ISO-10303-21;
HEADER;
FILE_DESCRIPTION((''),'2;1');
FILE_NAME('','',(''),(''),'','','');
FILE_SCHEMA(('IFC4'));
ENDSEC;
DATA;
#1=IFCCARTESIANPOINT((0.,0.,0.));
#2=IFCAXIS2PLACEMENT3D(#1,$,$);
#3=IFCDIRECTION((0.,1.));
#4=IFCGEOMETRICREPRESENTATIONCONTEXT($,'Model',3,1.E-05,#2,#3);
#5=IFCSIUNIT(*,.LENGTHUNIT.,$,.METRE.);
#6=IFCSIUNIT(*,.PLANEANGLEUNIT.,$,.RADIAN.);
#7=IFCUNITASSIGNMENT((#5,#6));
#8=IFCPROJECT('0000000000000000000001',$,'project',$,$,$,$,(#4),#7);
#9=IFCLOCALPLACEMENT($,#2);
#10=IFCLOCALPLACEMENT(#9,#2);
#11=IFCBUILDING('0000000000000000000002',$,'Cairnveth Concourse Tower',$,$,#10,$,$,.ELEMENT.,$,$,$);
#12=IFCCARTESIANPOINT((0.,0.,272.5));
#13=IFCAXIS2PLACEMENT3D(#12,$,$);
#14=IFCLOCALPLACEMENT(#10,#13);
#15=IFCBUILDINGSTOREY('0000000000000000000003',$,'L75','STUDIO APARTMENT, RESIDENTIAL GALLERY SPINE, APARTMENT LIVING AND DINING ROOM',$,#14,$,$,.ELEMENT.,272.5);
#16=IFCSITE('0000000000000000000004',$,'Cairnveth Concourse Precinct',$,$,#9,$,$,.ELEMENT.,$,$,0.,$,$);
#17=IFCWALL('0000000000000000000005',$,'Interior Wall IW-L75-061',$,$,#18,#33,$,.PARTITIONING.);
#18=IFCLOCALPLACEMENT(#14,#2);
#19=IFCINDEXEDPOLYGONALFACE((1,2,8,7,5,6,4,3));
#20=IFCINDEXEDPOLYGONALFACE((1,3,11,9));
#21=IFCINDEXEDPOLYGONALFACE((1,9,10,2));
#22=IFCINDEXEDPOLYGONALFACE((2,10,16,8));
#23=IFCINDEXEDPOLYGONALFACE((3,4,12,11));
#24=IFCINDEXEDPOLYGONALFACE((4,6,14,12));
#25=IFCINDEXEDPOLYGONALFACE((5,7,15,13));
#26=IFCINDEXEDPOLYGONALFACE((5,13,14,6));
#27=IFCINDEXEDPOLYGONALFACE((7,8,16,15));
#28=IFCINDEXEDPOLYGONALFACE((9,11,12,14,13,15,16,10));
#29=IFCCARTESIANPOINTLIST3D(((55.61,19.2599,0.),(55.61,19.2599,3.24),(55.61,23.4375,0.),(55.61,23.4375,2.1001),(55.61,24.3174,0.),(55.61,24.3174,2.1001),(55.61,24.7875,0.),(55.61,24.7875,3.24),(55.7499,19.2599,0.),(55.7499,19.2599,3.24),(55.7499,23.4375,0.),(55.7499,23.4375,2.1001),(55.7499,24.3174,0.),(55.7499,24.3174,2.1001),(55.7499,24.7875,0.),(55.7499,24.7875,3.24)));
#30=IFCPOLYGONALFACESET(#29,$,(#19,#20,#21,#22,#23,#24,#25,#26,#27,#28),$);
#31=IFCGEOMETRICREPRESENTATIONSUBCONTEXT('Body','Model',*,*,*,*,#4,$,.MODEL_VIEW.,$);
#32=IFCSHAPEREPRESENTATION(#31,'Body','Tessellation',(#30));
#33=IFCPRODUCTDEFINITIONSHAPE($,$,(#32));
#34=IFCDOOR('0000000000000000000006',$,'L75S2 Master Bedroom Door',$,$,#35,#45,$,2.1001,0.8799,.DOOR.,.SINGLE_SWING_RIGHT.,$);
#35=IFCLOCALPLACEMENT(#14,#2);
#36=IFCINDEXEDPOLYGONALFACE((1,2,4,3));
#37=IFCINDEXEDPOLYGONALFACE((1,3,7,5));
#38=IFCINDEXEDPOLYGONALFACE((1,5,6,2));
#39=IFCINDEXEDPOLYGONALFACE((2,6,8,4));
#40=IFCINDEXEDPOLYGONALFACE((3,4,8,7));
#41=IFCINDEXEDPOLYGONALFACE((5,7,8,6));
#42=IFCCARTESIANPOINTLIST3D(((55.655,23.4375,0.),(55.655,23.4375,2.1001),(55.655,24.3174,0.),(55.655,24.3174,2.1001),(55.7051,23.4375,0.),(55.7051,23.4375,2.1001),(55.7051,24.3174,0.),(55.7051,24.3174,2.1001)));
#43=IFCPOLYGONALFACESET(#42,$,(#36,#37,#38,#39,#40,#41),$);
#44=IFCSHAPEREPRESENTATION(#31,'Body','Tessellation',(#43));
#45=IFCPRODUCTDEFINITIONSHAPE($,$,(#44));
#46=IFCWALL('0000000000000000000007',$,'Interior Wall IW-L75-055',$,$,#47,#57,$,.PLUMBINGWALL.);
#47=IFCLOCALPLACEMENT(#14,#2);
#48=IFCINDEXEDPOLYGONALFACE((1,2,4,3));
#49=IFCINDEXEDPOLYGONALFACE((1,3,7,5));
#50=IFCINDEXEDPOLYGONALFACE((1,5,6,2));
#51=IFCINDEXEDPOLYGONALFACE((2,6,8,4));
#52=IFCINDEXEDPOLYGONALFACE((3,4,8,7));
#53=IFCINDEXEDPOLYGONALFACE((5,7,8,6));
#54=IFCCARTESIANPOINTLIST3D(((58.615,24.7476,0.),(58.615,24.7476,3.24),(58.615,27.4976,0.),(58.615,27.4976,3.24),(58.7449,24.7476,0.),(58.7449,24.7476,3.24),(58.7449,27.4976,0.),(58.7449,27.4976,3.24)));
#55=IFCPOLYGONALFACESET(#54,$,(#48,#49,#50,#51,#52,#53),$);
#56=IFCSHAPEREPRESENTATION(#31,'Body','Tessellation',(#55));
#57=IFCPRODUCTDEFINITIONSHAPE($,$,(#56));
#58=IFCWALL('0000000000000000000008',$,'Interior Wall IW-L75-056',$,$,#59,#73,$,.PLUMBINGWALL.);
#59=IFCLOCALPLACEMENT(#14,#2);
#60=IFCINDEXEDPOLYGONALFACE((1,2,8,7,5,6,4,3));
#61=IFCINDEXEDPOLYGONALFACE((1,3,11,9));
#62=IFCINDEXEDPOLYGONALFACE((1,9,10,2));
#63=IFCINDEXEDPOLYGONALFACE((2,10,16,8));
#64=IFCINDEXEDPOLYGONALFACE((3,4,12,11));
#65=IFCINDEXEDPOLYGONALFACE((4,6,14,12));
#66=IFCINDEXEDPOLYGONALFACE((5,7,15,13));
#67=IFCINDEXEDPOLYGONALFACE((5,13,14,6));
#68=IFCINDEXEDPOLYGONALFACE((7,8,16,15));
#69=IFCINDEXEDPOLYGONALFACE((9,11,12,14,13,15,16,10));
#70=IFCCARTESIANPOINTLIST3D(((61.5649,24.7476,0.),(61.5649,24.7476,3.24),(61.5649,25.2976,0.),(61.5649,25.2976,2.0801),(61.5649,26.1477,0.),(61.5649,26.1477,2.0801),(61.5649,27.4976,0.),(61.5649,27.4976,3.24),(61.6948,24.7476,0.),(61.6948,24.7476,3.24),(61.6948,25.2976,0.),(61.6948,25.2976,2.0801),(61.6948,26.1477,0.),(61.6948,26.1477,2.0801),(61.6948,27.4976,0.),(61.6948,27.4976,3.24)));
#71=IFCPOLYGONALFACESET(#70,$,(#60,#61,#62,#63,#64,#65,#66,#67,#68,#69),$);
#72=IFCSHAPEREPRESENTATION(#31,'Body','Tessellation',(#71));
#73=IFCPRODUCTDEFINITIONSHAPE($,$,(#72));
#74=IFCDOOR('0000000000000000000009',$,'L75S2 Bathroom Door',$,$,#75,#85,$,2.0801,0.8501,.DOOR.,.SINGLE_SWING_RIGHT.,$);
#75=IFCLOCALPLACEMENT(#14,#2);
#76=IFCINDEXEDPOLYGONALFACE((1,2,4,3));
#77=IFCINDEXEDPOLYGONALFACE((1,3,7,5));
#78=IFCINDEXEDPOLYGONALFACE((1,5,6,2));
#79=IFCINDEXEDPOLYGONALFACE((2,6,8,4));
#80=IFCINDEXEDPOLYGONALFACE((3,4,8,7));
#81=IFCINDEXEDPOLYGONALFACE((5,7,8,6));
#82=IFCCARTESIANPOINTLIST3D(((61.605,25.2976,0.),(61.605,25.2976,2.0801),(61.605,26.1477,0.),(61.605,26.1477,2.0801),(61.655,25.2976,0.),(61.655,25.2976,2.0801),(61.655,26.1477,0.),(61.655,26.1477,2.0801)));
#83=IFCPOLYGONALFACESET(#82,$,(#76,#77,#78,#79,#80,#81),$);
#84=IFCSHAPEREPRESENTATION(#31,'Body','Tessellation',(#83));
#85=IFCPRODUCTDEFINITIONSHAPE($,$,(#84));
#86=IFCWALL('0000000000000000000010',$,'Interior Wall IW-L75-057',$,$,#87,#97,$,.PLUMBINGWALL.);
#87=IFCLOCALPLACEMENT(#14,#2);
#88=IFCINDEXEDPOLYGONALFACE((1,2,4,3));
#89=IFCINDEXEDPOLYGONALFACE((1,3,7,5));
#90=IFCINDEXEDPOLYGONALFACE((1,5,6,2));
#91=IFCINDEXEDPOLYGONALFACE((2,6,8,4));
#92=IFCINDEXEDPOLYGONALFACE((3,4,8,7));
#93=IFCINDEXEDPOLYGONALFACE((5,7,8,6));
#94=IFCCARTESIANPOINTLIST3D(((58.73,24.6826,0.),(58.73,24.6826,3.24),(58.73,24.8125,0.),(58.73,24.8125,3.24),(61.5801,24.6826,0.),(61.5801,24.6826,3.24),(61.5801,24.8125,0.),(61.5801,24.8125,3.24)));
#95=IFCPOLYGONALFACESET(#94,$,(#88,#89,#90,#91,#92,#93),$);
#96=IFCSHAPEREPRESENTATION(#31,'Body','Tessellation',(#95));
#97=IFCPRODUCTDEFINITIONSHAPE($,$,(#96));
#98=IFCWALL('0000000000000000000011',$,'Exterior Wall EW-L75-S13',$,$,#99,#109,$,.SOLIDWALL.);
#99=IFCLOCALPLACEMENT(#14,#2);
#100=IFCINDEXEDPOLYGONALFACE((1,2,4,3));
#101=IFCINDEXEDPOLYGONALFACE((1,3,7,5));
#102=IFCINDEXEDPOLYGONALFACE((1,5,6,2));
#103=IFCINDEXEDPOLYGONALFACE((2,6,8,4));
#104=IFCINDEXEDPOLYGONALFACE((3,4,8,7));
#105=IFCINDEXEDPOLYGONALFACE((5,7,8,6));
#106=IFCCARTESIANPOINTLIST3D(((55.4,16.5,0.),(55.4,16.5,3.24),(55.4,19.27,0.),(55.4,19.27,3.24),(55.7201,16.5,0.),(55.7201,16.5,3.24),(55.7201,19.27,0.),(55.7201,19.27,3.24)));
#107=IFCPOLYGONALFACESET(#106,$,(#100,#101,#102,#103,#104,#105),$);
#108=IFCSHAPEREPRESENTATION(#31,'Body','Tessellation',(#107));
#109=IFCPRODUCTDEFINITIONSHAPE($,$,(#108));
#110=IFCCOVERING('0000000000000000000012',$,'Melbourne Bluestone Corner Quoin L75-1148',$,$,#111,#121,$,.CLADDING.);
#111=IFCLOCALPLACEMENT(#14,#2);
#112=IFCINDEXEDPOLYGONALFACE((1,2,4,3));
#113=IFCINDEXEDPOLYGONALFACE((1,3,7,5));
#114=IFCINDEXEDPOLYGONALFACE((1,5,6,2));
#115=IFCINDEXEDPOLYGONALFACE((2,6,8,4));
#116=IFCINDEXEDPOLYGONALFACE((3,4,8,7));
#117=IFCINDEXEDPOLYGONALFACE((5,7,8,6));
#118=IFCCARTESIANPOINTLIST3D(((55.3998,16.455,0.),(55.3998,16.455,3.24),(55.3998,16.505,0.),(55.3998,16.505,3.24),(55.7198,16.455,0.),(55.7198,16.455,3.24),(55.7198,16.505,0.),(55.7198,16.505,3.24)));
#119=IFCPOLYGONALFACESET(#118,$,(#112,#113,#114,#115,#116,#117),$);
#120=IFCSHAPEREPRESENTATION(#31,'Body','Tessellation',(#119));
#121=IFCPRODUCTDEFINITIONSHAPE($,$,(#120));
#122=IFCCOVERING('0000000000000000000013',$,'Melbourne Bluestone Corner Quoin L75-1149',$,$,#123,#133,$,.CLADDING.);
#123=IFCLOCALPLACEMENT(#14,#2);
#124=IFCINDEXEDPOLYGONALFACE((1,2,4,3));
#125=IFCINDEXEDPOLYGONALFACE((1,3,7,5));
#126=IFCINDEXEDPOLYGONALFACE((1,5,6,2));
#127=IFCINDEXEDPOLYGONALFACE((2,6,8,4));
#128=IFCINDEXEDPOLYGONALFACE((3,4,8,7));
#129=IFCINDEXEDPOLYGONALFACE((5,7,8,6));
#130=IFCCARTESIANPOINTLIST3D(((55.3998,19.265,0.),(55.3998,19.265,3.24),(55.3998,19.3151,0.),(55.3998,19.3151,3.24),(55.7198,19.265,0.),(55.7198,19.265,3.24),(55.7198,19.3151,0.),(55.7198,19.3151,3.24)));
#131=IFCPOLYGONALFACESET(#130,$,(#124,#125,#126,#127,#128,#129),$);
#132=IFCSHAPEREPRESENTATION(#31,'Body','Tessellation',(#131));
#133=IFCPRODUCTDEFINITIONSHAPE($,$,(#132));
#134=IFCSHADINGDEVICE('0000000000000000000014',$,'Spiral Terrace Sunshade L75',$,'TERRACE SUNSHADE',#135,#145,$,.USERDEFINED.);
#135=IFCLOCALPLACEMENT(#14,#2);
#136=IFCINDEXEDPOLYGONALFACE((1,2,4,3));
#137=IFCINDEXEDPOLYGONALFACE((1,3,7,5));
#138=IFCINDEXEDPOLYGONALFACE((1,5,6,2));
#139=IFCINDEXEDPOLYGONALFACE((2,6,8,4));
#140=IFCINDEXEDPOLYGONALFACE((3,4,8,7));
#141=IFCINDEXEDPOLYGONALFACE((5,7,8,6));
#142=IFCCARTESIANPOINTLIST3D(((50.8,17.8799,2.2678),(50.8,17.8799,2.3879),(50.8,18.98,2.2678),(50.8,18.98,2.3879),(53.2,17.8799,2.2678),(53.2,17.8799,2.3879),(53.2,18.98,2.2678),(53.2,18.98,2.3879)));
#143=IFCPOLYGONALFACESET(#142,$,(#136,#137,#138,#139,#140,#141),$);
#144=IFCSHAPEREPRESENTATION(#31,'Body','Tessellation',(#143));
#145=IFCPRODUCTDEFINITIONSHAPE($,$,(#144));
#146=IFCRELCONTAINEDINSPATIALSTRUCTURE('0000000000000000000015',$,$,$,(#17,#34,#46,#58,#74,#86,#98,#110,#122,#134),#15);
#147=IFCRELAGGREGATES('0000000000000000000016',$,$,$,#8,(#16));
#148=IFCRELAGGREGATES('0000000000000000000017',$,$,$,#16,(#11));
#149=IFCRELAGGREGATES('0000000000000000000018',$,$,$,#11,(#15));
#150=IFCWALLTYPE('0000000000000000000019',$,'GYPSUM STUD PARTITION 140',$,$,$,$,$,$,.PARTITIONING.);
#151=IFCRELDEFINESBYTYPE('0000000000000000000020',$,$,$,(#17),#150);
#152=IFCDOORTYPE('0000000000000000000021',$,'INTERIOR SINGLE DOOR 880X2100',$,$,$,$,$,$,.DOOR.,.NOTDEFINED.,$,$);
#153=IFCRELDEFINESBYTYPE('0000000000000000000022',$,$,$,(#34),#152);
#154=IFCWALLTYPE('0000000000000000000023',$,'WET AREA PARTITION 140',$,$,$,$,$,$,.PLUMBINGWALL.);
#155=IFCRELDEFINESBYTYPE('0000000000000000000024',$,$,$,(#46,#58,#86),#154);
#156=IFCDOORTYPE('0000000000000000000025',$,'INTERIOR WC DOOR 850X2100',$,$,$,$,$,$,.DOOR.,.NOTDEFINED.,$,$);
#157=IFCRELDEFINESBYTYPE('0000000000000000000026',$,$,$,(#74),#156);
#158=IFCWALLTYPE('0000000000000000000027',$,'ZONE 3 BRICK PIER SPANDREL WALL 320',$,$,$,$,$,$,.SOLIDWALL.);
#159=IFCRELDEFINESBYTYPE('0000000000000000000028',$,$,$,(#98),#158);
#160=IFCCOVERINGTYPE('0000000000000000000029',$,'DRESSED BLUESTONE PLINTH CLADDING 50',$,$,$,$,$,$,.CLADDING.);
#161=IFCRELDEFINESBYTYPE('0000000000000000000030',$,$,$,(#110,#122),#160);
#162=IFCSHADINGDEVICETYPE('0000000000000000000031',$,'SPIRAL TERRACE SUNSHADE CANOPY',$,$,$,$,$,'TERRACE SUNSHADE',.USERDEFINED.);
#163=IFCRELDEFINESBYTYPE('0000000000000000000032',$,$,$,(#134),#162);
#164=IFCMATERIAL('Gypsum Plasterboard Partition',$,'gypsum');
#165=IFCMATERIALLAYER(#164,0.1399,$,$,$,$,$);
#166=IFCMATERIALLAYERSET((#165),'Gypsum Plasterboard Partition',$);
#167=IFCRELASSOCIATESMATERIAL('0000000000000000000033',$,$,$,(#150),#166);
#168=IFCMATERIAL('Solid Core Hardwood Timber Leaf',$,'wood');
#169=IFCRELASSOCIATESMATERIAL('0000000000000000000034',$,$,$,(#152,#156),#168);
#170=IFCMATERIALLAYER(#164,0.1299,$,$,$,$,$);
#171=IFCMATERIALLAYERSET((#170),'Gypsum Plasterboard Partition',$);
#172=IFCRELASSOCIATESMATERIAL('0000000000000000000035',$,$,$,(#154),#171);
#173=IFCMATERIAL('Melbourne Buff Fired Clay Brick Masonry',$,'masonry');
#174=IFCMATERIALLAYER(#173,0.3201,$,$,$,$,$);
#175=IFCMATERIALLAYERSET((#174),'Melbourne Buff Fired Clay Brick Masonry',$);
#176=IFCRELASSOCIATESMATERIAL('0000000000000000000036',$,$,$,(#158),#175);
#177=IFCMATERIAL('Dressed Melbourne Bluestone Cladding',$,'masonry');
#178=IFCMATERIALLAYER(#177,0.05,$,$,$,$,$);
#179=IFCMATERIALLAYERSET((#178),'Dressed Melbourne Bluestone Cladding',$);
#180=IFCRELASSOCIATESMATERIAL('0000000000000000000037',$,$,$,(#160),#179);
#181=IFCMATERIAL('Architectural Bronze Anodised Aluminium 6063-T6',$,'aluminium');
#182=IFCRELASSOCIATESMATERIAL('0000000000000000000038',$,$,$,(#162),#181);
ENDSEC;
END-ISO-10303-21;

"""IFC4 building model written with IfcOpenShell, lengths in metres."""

from ifc_helpers import new_model, si_unit, direction, frame, frame_2d, origin, origin_2d, place, context, subcontext, project, spatial, rectangle, extrude, material, layer, layer_set, type_object, element, fill, save


model = new_model("IFC4")

# Units and contexts
model_context = context("Model", 3, precision=1e-05, world=origin(), true_north=direction((0.0, 1.0)))
body_context = subcontext(model_context, "Body", "Model", "MODEL_VIEW")
ifc_project = project(units=[si_unit("LENGTHUNIT", "METRE"), si_unit("PLANEANGLEUNIT", "RADIAN")], contexts=[model_context])

# Site, building, storey
site_placement = place(None, origin())
site = spatial("IfcSite", under=ifc_project, at=site_placement, Name="Cairnveth Concourse Precinct", CompositionType="ELEMENT", RefElevation=0.0)
building_placement = place(site_placement, origin())
building = spatial("IfcBuilding", under=site, at=building_placement, Name="Cairnveth Concourse Tower", CompositionType="ELEMENT")
storey_placement = place(building_placement, frame((0.0, 0.0, 272.5)))
storey = spatial("IfcBuildingStorey", under=building, at=storey_placement, Name="L75", Description="STUDIO APARTMENT, RESIDENTIAL GALLERY SPINE, APARTMENT LIVING AND DINING ROOM", CompositionType="ELEMENT", Elevation=272.5)

# Shared definitions
ifc_material_1 = material(Name="Gypsum Plasterboard Partition", Category="gypsum")
ifc_material_2 = material(Name="Solid Core Hardwood Timber Leaf", Category="wood")

# Wall, opening, door
ifc_layer_1 = layer(ifc_material_1, 0.1399)
ifc_layer_set_1 = layer_set([ifc_layer_1], Name="Gypsum Plasterboard Partition")
wall_type_1 = type_object("IfcWallType", Name="GYPSUM STUD PARTITION 140", PredefinedType="PARTITIONING", material=ifc_layer_set_1)
wall_1_placement = place(storey_placement, frame((55.6799, 19.26, 0.0), z_axis=(0.0, 0.0, 1.0), x_axis=(0.0, 1.0, 0.0)))
wall_1 = element("IfcWall", 1, at=wall_1_placement, inside=storey, type_object=wall_type_1, Name="Interior Wall IW-L75-061", PredefinedType="PARTITIONING", context=body_context, shape_type="SweptSolid", body=[
    extrude(rectangle(XDim=5.5276, YDim=0.1399, at=frame_2d((2.7637, 0.0))), origin(), (0.0, 0.0, 1.0), 3.24),
])
opening_1_placement = place(wall_1_placement, frame((4.1775, 0.0, 0.0)))
opening_1 = element("IfcOpeningElement", 2, at=opening_1_placement, cuts=wall_1, PredefinedType="OPENING", context=body_context, shape_type="SweptSolid", body=[
    extrude(rectangle(XDim=0.8799, YDim=2.1001, at=frame_2d((0.4399, 1.05))), frame((0.0, 0.0798, 0.0), z_axis=(0.0, -1.0, 0.0), x_axis=(1.0, 0.0, 0.0)), (0.0, 0.0, 1.0), 0.1599),
])
door_type_1 = type_object("IfcDoorType", Name="INTERIOR SINGLE DOOR 880X2100", OperationType="NOTDEFINED", PredefinedType="DOOR", material=ifc_material_2)
door_1_placement = place(opening_1_placement, origin())
door_1 = element("IfcDoor", 3, at=door_1_placement, inside=storey, type_object=door_type_1, Name="L75S2 Master Bedroom Door", OperationType="SINGLE_SWING_RIGHT", OverallHeight=2.1001, OverallWidth=0.8799, PredefinedType="DOOR", context=body_context, shape_type="SweptSolid", body=[
    extrude(rectangle(XDim=0.8799, YDim=2.1001, at=frame_2d((0.4399, 1.05))), frame((0.0, 0.0249, 0.0), z_axis=(0.0, -1.0, 0.0), x_axis=(1.0, 0.0, 0.0)), (0.0, 0.0, 1.0), 0.05),
])
fill(opening_1, door_1)

# Wall
ifc_layer_2 = layer(ifc_material_1, 0.1299)
ifc_layer_set_2 = layer_set([ifc_layer_2], Name="Gypsum Plasterboard Partition")
wall_type_2 = type_object("IfcWallType", Name="WET AREA PARTITION 140", PredefinedType="PLUMBINGWALL", material=ifc_layer_set_2)
wall_2_placement = place(storey_placement, frame((58.6799, 24.7476, 0.0), z_axis=(0.0, 0.0, 1.0), x_axis=(0.0, 1.0, 0.0)))
element("IfcWall", 4, at=wall_2_placement, inside=storey, type_object=wall_type_2, Name="Interior Wall IW-L75-055", PredefinedType="PLUMBINGWALL", context=body_context, shape_type="SweptSolid", body=[
    extrude(rectangle(XDim=2.75, YDim=0.1299, at=frame_2d((1.375, 0.0))), origin(), (0.0, 0.0, 1.0), 3.24),
])

# Wall, opening, door
wall_3_placement = place(storey_placement, frame((61.6299, 24.7476, 0.0), z_axis=(0.0, 0.0, 1.0), x_axis=(0.0, 1.0, 0.0)))
wall_3 = element("IfcWall", 5, at=wall_3_placement, inside=storey, type_object=wall_type_2, Name="Interior Wall IW-L75-056", PredefinedType="PLUMBINGWALL", context=body_context, shape_type="SweptSolid", body=[
    extrude(rectangle(XDim=2.75, YDim=0.1299, at=frame_2d((1.375, 0.0))), origin(), (0.0, 0.0, 1.0), 3.24),
])
opening_2_placement = place(wall_3_placement, frame((0.55, 0.0, 0.0)))
opening_2 = element("IfcOpeningElement", 6, at=opening_2_placement, cuts=wall_3, PredefinedType="OPENING", context=body_context, shape_type="SweptSolid", body=[
    extrude(rectangle(XDim=0.8501, YDim=2.0801, at=frame_2d((0.425, 1.04))), frame((0.0, 0.075, 0.0), z_axis=(0.0, -1.0, 0.0), x_axis=(1.0, 0.0, 0.0)), (0.0, 0.0, 1.0), 0.1499),
])
door_type_2 = type_object("IfcDoorType", Name="INTERIOR WC DOOR 850X2100", OperationType="NOTDEFINED", PredefinedType="DOOR", material=ifc_material_2)
door_2_placement = place(opening_2_placement, origin())
door_2 = element("IfcDoor", 7, at=door_2_placement, inside=storey, type_object=door_type_2, Name="L75S2 Bathroom Door", OperationType="SINGLE_SWING_RIGHT", OverallHeight=2.0801, OverallWidth=0.8501, PredefinedType="DOOR", context=body_context, shape_type="SweptSolid", body=[
    extrude(rectangle(XDim=0.8501, YDim=2.0801, at=frame_2d((0.425, 1.04))), frame((0.0, 0.0249, 0.0), z_axis=(0.0, -1.0, 0.0), x_axis=(1.0, 0.0, 0.0)), (0.0, 0.0, 1.0), 0.05),
])
fill(opening_2, door_2)

# Walls
wall_4_placement = place(storey_placement, frame((58.73, 24.7476, 0.0), z_axis=(0.0, 0.0, 1.0), x_axis=(1.0, 0.0, 0.0)))
element("IfcWall", 8, at=wall_4_placement, inside=storey, type_object=wall_type_2, Name="Interior Wall IW-L75-057", PredefinedType="PLUMBINGWALL", context=body_context, shape_type="SweptSolid", body=[
    extrude(rectangle(XDim=2.8501, YDim=0.1299, at=frame_2d((1.425, 0.0))), origin(), (0.0, 0.0, 1.0), 3.24),
])
ifc_material_3 = material(Name="Melbourne Buff Fired Clay Brick Masonry", Category="masonry")
ifc_layer_3 = layer(ifc_material_3, 0.3201)
ifc_layer_set_3 = layer_set([ifc_layer_3], Name="Melbourne Buff Fired Clay Brick Masonry")
wall_type_3 = type_object("IfcWallType", Name="ZONE 3 BRICK PIER SPANDREL WALL 320", PredefinedType="SOLIDWALL", material=ifc_layer_set_3)
wall_5_placement = place(storey_placement, frame((55.5601, 16.5, 0.0), z_axis=(0.0, 0.0, 1.0), x_axis=(0.0, 1.0, 0.0)))
element("IfcWall", 9, at=wall_5_placement, inside=storey, type_object=wall_type_3, Name="Exterior Wall EW-L75-S13", PredefinedType="SOLIDWALL", context=body_context, shape_type="SweptSolid", body=[
    extrude(rectangle(XDim=2.77, YDim=0.3201, at=frame_2d((1.385, 0.0))), origin(), (0.0, 0.0, 1.0), 3.24),
])

# Shared definitions
ifc_material_4 = material(Name="Architectural Bronze Anodised Aluminium 6063-T6", Category="aluminium")

# Coverings
ifc_material_5 = material(Name="Dressed Melbourne Bluestone Cladding", Category="masonry")
ifc_layer_4 = layer(ifc_material_5, 0.05)
ifc_layer_set_4 = layer_set([ifc_layer_4], Name="Dressed Melbourne Bluestone Cladding")
covering_type = type_object("IfcCoveringType", Name="DRESSED BLUESTONE PLINTH CLADDING 50", PredefinedType="CLADDING", material=ifc_layer_set_4)
for number, where, z_axis, x_axis, name in (
    (10, (55.72, 16.48, 0.0), (0.0, 0.0, 1.0), (-1.0, 0.0, 0.0), "Melbourne Bluestone Corner Quoin L75-1148"),
    (11, (55.72, 19.29, 0.0), (0.0, 0.0, 1.0), (-1.0, 0.0, 0.0), "Melbourne Bluestone Corner Quoin L75-1149"),
):
    element("IfcCovering", number, at=place(storey_placement, frame(where, z_axis=z_axis, x_axis=x_axis)), inside=storey, type_object=covering_type, Name=name, PredefinedType="CLADDING", context=body_context, shape_type="SweptSolid", body=[
        extrude(rectangle(XDim=0.3201, YDim=0.05, at=frame_2d((0.1602, 0.0))), origin(), (0.0, 0.0, 1.0), 3.24),
    ])

# Shading device
shading_device_type = type_object("IfcShadingDeviceType", Name="SPIRAL TERRACE SUNSHADE CANOPY", ElementType="TERRACE SUNSHADE", PredefinedType="USERDEFINED", material=ifc_material_4)
shading_device_placement = place(storey_placement, frame((52.0, 18.4299, 2.2678), z_axis=(0.0, 0.0, 1.0), x_axis=(1.0, 0.0, 0.0)))
element("IfcShadingDevice", 12, at=shading_device_placement, inside=storey, type_object=shading_device_type, Name="Spiral Terrace Sunshade L75", ObjectType="TERRACE SUNSHADE", PredefinedType="USERDEFINED", context=body_context, shape_type="SweptSolid", body=[
    extrude(rectangle(XDim=2.3999, YDim=1.1001, at=origin_2d()), origin(), (0.0, 0.0, 1.0), 0.1201),
])

save(model, "model.ifc")
